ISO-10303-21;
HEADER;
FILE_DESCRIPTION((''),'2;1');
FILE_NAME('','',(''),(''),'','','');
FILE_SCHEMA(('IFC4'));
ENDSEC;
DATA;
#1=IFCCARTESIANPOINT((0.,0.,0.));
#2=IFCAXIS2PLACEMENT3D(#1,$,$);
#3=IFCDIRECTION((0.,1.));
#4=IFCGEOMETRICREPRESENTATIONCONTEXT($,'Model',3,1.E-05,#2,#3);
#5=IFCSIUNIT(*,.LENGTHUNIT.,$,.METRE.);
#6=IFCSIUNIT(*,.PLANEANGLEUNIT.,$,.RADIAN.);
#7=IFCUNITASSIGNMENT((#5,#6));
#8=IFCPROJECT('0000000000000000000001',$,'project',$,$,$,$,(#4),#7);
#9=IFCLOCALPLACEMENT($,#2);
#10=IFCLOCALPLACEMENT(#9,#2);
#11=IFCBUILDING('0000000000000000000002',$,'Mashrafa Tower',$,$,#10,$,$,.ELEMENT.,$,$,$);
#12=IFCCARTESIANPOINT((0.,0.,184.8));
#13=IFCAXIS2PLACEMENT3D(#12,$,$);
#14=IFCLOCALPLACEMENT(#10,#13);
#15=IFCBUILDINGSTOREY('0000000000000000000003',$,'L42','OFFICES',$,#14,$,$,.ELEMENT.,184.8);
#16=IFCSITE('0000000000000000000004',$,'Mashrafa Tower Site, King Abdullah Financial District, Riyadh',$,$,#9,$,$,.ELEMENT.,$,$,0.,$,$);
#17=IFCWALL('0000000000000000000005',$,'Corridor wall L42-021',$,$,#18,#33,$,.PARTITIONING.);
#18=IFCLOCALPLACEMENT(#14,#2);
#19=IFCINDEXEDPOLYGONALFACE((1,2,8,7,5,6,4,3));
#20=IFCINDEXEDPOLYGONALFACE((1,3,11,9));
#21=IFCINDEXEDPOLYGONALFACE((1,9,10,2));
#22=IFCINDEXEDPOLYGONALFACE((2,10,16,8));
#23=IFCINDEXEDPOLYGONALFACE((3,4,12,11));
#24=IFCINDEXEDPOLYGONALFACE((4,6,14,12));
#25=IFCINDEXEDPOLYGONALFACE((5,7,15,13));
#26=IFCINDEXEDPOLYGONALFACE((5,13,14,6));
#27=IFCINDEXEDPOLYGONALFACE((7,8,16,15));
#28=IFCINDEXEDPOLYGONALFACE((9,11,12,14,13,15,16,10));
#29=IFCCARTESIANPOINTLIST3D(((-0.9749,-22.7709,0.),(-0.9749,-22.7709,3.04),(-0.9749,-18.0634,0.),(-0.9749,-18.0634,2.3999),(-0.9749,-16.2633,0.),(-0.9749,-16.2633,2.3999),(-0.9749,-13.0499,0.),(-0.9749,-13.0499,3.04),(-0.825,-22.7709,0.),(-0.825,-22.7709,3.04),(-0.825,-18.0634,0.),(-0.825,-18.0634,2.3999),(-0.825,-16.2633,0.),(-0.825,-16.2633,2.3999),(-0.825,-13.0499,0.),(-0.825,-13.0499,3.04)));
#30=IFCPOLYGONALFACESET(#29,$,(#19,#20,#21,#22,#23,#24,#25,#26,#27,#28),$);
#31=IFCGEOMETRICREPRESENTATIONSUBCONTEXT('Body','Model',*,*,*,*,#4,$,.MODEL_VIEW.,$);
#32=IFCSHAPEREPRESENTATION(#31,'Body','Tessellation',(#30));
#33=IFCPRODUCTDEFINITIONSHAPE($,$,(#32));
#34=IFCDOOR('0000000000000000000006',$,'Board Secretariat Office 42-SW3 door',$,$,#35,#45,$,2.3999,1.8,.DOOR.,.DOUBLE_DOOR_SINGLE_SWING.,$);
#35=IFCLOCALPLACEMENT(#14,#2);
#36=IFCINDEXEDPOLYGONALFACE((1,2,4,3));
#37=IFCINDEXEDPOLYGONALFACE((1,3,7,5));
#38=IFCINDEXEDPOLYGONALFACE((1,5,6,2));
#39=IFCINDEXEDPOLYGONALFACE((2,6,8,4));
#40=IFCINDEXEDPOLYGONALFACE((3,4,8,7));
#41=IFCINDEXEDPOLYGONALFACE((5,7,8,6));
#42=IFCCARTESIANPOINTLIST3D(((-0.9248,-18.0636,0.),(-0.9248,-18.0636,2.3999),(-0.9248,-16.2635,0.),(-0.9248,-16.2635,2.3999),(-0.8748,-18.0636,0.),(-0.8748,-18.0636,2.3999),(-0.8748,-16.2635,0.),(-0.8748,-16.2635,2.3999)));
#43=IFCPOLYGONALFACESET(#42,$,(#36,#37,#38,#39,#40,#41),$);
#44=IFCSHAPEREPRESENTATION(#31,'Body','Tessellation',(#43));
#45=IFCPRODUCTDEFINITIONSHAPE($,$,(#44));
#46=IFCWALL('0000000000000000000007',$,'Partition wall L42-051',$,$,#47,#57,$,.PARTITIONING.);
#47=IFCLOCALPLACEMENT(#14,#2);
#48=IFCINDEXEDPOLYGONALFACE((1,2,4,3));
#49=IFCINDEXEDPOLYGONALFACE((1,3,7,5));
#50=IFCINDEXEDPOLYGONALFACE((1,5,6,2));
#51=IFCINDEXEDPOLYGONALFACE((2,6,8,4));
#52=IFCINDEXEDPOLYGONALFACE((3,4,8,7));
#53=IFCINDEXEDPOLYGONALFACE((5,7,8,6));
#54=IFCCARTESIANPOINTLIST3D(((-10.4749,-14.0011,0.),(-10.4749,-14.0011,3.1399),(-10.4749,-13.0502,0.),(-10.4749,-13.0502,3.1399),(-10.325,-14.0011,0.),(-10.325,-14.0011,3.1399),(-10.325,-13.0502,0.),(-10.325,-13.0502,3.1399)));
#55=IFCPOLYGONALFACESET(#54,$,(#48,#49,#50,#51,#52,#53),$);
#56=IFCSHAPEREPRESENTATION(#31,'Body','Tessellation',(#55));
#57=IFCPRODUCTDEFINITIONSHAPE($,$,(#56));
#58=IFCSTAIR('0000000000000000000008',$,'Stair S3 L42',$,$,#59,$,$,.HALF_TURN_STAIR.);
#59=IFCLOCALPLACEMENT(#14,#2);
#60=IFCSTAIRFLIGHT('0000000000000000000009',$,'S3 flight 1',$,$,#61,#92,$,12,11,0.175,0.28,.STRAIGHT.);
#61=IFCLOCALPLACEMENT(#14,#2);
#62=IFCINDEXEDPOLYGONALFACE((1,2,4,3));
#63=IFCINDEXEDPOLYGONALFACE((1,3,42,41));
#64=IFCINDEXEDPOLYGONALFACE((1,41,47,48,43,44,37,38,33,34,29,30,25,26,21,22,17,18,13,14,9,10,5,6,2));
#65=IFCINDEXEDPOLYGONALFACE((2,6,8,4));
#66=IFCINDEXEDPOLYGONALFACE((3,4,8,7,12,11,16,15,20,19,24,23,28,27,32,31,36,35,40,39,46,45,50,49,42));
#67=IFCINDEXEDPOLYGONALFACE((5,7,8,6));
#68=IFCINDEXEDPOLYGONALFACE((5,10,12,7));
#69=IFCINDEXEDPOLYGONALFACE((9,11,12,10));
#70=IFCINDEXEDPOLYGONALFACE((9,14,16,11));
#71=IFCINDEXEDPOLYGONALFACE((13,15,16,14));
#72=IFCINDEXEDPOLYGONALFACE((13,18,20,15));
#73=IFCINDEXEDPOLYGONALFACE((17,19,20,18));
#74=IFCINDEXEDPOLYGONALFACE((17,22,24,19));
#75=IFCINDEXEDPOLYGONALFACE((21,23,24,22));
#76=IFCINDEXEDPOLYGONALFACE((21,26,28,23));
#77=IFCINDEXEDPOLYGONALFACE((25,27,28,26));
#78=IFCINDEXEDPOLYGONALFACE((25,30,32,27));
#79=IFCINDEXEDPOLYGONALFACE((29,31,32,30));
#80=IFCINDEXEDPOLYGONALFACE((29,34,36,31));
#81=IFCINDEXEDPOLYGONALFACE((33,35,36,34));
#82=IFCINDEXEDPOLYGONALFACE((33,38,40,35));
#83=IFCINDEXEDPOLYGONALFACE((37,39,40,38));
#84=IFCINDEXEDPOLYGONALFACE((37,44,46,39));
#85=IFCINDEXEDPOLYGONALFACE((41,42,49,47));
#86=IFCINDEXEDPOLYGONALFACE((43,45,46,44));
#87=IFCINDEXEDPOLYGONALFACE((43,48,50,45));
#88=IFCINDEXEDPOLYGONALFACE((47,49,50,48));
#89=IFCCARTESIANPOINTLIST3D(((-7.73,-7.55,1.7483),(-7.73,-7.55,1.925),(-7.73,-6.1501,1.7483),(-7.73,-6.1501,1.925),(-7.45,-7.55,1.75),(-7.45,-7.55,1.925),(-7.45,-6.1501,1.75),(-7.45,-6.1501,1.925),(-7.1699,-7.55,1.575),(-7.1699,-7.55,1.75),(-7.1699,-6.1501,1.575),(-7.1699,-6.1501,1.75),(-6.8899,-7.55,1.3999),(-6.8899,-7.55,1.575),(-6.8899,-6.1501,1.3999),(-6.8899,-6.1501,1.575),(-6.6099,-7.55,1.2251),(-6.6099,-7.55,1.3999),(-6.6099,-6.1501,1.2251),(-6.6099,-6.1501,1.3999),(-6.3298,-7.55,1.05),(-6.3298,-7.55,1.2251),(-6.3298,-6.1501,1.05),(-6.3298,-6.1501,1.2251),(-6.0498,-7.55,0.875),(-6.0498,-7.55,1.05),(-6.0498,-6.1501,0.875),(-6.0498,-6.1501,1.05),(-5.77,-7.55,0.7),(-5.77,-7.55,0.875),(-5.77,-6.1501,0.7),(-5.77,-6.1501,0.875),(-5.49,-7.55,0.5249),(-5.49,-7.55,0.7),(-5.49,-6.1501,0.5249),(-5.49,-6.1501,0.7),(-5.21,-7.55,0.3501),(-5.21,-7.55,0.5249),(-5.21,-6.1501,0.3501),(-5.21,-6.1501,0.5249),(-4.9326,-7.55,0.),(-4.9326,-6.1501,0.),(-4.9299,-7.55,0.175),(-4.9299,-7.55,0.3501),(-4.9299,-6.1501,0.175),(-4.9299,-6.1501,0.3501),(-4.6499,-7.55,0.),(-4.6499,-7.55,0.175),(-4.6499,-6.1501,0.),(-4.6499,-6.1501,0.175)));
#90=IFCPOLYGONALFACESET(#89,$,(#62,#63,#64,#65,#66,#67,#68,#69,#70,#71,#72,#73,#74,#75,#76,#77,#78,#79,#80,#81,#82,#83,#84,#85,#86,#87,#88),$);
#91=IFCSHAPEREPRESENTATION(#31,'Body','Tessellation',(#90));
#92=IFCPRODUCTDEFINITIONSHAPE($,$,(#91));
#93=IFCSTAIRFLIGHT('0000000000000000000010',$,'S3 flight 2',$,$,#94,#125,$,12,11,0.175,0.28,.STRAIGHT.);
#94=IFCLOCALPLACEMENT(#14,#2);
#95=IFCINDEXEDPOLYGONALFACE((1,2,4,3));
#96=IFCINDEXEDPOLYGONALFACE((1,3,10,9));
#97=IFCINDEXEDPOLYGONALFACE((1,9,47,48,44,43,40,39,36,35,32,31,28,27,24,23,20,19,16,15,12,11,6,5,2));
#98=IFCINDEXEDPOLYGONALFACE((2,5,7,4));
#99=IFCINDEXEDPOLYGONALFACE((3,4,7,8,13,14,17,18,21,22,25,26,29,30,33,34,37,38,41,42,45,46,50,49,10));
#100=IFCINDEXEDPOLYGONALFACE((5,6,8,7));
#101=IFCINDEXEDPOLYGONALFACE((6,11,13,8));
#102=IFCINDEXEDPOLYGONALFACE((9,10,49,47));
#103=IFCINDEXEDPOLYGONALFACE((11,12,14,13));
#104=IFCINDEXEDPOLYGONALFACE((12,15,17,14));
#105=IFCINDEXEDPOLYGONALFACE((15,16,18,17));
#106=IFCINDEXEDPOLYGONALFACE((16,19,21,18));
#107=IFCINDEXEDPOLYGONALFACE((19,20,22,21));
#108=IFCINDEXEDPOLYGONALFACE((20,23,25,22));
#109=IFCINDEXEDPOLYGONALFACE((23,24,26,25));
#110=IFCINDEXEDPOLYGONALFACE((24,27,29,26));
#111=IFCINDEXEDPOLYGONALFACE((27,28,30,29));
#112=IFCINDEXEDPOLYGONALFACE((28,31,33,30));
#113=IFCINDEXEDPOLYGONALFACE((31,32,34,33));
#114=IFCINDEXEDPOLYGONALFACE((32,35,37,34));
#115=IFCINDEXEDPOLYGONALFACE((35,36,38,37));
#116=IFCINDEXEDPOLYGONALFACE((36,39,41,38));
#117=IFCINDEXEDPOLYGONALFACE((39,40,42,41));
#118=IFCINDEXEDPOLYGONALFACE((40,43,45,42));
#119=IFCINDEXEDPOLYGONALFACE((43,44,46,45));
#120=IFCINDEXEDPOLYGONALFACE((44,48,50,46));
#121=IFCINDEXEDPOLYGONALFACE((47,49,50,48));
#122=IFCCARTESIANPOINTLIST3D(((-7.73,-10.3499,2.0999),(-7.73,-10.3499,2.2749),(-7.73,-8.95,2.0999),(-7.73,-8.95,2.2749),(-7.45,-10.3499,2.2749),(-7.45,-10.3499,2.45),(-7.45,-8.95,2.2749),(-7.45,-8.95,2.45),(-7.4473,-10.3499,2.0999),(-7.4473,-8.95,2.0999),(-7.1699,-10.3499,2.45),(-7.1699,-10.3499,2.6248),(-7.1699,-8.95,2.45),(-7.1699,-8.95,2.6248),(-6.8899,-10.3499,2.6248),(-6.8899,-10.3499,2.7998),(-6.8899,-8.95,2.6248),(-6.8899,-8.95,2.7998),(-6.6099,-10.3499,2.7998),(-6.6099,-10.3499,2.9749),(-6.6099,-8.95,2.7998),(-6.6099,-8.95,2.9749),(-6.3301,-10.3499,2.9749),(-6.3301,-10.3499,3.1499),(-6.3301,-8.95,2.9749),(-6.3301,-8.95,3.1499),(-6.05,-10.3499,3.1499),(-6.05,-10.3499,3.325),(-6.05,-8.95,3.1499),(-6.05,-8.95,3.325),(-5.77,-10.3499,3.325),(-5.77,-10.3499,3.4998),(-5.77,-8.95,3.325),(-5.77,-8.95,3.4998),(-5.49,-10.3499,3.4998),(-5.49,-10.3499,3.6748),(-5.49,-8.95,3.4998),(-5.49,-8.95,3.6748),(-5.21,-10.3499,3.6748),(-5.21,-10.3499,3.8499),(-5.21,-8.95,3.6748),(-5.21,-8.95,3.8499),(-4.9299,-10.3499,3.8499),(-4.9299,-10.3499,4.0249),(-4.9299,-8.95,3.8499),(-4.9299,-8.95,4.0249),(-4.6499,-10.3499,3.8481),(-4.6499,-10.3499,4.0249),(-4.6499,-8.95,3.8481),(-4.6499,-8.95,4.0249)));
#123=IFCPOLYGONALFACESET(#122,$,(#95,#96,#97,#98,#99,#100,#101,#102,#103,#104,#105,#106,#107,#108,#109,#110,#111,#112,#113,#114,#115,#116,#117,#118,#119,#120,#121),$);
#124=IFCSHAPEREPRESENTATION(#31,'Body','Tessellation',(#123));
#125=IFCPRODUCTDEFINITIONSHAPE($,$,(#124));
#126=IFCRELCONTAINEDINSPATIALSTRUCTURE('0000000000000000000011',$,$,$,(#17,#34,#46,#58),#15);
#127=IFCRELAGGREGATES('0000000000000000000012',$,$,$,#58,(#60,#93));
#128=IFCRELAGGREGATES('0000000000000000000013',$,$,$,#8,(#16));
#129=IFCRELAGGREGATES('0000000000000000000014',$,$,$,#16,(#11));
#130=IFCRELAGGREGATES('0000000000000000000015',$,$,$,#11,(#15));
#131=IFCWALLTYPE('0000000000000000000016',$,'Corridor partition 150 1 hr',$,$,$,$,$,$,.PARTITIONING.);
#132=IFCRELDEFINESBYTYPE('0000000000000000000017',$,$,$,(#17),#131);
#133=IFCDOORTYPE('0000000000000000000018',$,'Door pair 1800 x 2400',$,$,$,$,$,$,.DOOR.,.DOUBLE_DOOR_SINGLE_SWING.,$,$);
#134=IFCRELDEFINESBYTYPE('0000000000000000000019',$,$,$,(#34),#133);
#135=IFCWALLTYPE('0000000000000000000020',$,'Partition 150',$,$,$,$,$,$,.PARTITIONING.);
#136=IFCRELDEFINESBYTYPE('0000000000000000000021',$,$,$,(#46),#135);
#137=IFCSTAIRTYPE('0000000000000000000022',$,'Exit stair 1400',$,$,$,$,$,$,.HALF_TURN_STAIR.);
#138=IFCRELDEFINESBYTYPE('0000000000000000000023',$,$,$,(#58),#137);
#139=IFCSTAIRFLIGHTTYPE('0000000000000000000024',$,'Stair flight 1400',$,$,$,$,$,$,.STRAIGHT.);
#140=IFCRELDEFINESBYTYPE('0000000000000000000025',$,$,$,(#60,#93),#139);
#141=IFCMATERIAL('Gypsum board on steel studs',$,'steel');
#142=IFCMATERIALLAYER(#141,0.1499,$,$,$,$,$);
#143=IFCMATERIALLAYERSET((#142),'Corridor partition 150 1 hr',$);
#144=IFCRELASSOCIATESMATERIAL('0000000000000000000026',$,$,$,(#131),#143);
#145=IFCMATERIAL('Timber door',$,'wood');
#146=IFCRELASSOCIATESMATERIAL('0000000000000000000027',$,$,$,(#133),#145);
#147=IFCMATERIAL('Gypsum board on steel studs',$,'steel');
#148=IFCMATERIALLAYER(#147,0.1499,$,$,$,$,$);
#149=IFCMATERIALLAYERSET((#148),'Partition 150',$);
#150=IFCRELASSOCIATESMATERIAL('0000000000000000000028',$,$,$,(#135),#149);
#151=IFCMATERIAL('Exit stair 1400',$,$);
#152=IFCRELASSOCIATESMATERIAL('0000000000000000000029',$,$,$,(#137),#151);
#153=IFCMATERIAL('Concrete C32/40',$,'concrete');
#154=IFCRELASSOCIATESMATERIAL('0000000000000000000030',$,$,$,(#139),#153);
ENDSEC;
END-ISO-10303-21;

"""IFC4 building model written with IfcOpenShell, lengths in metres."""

from ifc_helpers import new_model, si_unit, direction, frame, frame_2d, origin, place, context, subcontext, project, spatial, polyline, rectangle, outline, extrude, material, layer, layer_set, type_object, element, fill, aggregate, save


model = new_model("IFC4")

# Units and contexts
model_context = context("Model", 3, precision=1e-05, world=origin(), true_north=direction((0.0, 1.0)))
body_context = subcontext(model_context, "Body", "Model", "MODEL_VIEW")
ifc_project = project(units=[si_unit("LENGTHUNIT", "METRE"), si_unit("PLANEANGLEUNIT", "RADIAN")], contexts=[model_context])

# Site, building, storey
site_placement = place(None, origin())
site = spatial("IfcSite", under=ifc_project, at=site_placement, Name="Mashrafa Tower Site, King Abdullah Financial District, Riyadh", CompositionType="ELEMENT", RefElevation=0.0)
building_placement = place(site_placement, origin())
building = spatial("IfcBuilding", under=site, at=building_placement, Name="Mashrafa Tower", CompositionType="ELEMENT")
storey_placement = place(building_placement, frame((0.0, 0.0, 184.8)))
storey = spatial("IfcBuildingStorey", under=building, at=storey_placement, Name="L42", Description="OFFICES", CompositionType="ELEMENT", Elevation=184.8)

# Shared definitions
ifc_material_1 = material(Name="Gypsum board on steel studs", Category="steel")
ifc_layer_1 = layer(ifc_material_1, 0.1499)
ifc_layer_set_1 = layer_set([ifc_layer_1], Name="Corridor partition 150 1 hr")
wall_type_1 = type_object("IfcWallType", Name="Corridor partition 150 1 hr", PredefinedType="PARTITIONING", material=ifc_layer_set_1)

# Wall, opening, door
wall_1_placement = place(storey_placement, frame((-0.8999, -13.05, 0.0), z_axis=(0.0, 0.0, 1.0), x_axis=(0.0, -1.0, 0.0)))
wall_1 = element("IfcWall", 1, at=wall_1_placement, inside=storey, type_object=wall_type_1, Name="Corridor wall L42-021", PredefinedType="PARTITIONING", context=body_context, shape_type="SweptSolid", body=[
    extrude(rectangle(XDim=9.7209, YDim=0.1499, at=frame_2d((4.8604, 0.0))), origin(), (0.0, 0.0, 1.0), 3.04),
])
opening_1_placement = place(wall_1_placement, frame((3.2134, 0.0, 0.0)))
opening_1 = element("IfcOpeningElement", 2, at=opening_1_placement, cuts=wall_1, PredefinedType="OPENING", context=body_context, shape_type="SweptSolid", body=[
    extrude(rectangle(XDim=1.8, YDim=2.3999, at=frame_2d((0.8999, 1.2))), frame((0.0, 0.085, 0.0), z_axis=(0.0, -1.0, 0.0), x_axis=(1.0, 0.0, 0.0)), (0.0, 0.0, 1.0), 0.1699),
])
ifc_material_2 = material(Name="Timber door", Category="wood")
door_type_1 = type_object("IfcDoorType", Name="Door pair 1800 x 2400", OperationType="DOUBLE_DOOR_SINGLE_SWING", PredefinedType="DOOR", material=ifc_material_2)
door_1_placement = place(opening_1_placement, frame((1.8, 0.0, 0.0), z_axis=(0.0, 0.0, 1.0), x_axis=(-1.0, 0.0, 0.0)))
door_1 = element("IfcDoor", 3, at=door_1_placement, inside=storey, type_object=door_type_1, Name="Board Secretariat Office 42-SW3 door", OperationType="DOUBLE_DOOR_SINGLE_SWING", OverallHeight=2.3999, OverallWidth=1.8, PredefinedType="DOOR", context=body_context, shape_type="SweptSolid", body=[
    extrude(rectangle(XDim=1.8, YDim=2.3999, at=frame_2d((0.8999, 1.2))), frame((0.0, 0.0249, 0.0), z_axis=(0.0, -1.0, 0.0), x_axis=(1.0, 0.0, 0.0)), (0.0, 0.0, 1.0), 0.05),
])
fill(opening_1, door_1)

# Wall
ifc_material_3 = material(Name="Gypsum board on steel studs", Category="steel")
ifc_layer_2 = layer(ifc_material_3, 0.1499)
ifc_layer_set_2 = layer_set([ifc_layer_2], Name="Partition 150")
wall_type_2 = type_object("IfcWallType", Name="Partition 150", PredefinedType="PARTITIONING", material=ifc_layer_set_2)
wall_2_placement = place(storey_placement, frame((-10.3999, -13.05, 0.0), z_axis=(0.0, 0.0, 1.0), x_axis=(0.0, -1.0, 0.0)))
element("IfcWall", 4, at=wall_2_placement, inside=storey, type_object=wall_type_2, Name="Partition wall L42-051", PredefinedType="PARTITIONING", context=body_context, shape_type="SweptSolid", body=[
    extrude(rectangle(XDim=0.9509, YDim=0.1499, at=frame_2d((0.4756, 0.0))), origin(), (0.0, 0.0, 1.0), 3.1399),
])

# Stair, stair flights
ifc_material_4 = material(Name="Exit stair 1400")
stair_type = type_object("IfcStairType", Name="Exit stair 1400", PredefinedType="HALF_TURN_STAIR", material=ifc_material_4)
stair_placement = place(storey_placement, origin())
stair = element("IfcStair", 5, at=stair_placement, inside=storey, type_object=stair_type, Name="Stair S3 L42", PredefinedType="HALF_TURN_STAIR")
ifc_material_5 = material(Name="Concrete C32/40", Category="concrete")
stair_flight_type = type_object("IfcStairFlightType", Name="Stair flight 1400", PredefinedType="STRAIGHT", material=ifc_material_5)
stair_flight_1_placement = place(storey_placement, frame((-4.6499, -6.8501, 0.0), z_axis=(0.0, 0.0, 1.0), x_axis=(-1.0, 0.0, 0.0)))
stair_flight_1 = element("IfcStairFlight", 6, at=stair_flight_1_placement, type_object=stair_flight_type, Name="S3 flight 1", NumberOfRisers=12, NumberOfTreads=11, PredefinedType="STRAIGHT", RiserHeight=0.175, TreadLength=0.28, context=body_context, shape_type="SweptSolid", body=[
    extrude(outline(polyline([(0.0, 0.0), (0.0, 0.175), (0.28, 0.175), (0.28, 0.3501), (0.5601, 0.3501), (0.5601, 0.5249), (0.8401, 0.5249), (0.8401, 0.7), (1.1201, 0.7), (1.1201, 0.875), (1.3999, 0.875), (1.3999, 1.05), (1.6799, 1.05), (1.6799, 1.2251), (1.96, 1.2251), (1.96, 1.3999), (2.24, 1.3999), (2.24, 1.575), (2.52, 1.575), (2.52, 1.75), (2.8, 1.75), (2.8, 1.925), (3.0801, 1.925), (3.0801, 2.1001), (3.0801, 1.7483), (0.2827, 0.0), (0.0, 0.0)])), frame((0.0, 0.7, 0.0), z_axis=(0.0, -1.0, 0.0), x_axis=(1.0, 0.0, 0.0)), (0.0, 0.0, 1.0), 1.3999),
])
stair_flight_2_placement = place(storey_placement, frame((-7.73, -9.6499, 2.0999), z_axis=(0.0, 0.0, 1.0), x_axis=(1.0, 0.0, 0.0)))
stair_flight_2 = element("IfcStairFlight", 7, at=stair_flight_2_placement, type_object=stair_flight_type, Name="S3 flight 2", NumberOfRisers=12, NumberOfTreads=11, PredefinedType="STRAIGHT", RiserHeight=0.175, TreadLength=0.28, context=body_context, shape_type="SweptSolid", body=[
    extrude(outline(polyline([(0.0, 0.0), (0.0, 0.175), (0.28, 0.175), (0.28, 0.3501), (0.5601, 0.3501), (0.5601, 0.5249), (0.8401, 0.5249), (0.8401, 0.7), (1.1201, 0.7), (1.1201, 0.875), (1.3999, 0.875), (1.3999, 1.05), (1.6799, 1.05), (1.6799, 1.2251), (1.96, 1.2251), (1.96, 1.3999), (2.24, 1.3999), (2.24, 1.575), (2.52, 1.575), (2.52, 1.75), (2.8, 1.75), (2.8, 1.925), (3.0801, 1.925), (3.0801, 2.1001), (3.0801, 1.7483), (0.2827, 0.0), (0.0, 0.0)])), frame((0.0, 0.7, 0.0), z_axis=(0.0, -1.0, 0.0), x_axis=(1.0, 0.0, 0.0)), (0.0, 0.0, 1.0), 1.3999),
])
aggregate(stair, [stair_flight_1, stair_flight_2])

save(model, "model.ifc")
